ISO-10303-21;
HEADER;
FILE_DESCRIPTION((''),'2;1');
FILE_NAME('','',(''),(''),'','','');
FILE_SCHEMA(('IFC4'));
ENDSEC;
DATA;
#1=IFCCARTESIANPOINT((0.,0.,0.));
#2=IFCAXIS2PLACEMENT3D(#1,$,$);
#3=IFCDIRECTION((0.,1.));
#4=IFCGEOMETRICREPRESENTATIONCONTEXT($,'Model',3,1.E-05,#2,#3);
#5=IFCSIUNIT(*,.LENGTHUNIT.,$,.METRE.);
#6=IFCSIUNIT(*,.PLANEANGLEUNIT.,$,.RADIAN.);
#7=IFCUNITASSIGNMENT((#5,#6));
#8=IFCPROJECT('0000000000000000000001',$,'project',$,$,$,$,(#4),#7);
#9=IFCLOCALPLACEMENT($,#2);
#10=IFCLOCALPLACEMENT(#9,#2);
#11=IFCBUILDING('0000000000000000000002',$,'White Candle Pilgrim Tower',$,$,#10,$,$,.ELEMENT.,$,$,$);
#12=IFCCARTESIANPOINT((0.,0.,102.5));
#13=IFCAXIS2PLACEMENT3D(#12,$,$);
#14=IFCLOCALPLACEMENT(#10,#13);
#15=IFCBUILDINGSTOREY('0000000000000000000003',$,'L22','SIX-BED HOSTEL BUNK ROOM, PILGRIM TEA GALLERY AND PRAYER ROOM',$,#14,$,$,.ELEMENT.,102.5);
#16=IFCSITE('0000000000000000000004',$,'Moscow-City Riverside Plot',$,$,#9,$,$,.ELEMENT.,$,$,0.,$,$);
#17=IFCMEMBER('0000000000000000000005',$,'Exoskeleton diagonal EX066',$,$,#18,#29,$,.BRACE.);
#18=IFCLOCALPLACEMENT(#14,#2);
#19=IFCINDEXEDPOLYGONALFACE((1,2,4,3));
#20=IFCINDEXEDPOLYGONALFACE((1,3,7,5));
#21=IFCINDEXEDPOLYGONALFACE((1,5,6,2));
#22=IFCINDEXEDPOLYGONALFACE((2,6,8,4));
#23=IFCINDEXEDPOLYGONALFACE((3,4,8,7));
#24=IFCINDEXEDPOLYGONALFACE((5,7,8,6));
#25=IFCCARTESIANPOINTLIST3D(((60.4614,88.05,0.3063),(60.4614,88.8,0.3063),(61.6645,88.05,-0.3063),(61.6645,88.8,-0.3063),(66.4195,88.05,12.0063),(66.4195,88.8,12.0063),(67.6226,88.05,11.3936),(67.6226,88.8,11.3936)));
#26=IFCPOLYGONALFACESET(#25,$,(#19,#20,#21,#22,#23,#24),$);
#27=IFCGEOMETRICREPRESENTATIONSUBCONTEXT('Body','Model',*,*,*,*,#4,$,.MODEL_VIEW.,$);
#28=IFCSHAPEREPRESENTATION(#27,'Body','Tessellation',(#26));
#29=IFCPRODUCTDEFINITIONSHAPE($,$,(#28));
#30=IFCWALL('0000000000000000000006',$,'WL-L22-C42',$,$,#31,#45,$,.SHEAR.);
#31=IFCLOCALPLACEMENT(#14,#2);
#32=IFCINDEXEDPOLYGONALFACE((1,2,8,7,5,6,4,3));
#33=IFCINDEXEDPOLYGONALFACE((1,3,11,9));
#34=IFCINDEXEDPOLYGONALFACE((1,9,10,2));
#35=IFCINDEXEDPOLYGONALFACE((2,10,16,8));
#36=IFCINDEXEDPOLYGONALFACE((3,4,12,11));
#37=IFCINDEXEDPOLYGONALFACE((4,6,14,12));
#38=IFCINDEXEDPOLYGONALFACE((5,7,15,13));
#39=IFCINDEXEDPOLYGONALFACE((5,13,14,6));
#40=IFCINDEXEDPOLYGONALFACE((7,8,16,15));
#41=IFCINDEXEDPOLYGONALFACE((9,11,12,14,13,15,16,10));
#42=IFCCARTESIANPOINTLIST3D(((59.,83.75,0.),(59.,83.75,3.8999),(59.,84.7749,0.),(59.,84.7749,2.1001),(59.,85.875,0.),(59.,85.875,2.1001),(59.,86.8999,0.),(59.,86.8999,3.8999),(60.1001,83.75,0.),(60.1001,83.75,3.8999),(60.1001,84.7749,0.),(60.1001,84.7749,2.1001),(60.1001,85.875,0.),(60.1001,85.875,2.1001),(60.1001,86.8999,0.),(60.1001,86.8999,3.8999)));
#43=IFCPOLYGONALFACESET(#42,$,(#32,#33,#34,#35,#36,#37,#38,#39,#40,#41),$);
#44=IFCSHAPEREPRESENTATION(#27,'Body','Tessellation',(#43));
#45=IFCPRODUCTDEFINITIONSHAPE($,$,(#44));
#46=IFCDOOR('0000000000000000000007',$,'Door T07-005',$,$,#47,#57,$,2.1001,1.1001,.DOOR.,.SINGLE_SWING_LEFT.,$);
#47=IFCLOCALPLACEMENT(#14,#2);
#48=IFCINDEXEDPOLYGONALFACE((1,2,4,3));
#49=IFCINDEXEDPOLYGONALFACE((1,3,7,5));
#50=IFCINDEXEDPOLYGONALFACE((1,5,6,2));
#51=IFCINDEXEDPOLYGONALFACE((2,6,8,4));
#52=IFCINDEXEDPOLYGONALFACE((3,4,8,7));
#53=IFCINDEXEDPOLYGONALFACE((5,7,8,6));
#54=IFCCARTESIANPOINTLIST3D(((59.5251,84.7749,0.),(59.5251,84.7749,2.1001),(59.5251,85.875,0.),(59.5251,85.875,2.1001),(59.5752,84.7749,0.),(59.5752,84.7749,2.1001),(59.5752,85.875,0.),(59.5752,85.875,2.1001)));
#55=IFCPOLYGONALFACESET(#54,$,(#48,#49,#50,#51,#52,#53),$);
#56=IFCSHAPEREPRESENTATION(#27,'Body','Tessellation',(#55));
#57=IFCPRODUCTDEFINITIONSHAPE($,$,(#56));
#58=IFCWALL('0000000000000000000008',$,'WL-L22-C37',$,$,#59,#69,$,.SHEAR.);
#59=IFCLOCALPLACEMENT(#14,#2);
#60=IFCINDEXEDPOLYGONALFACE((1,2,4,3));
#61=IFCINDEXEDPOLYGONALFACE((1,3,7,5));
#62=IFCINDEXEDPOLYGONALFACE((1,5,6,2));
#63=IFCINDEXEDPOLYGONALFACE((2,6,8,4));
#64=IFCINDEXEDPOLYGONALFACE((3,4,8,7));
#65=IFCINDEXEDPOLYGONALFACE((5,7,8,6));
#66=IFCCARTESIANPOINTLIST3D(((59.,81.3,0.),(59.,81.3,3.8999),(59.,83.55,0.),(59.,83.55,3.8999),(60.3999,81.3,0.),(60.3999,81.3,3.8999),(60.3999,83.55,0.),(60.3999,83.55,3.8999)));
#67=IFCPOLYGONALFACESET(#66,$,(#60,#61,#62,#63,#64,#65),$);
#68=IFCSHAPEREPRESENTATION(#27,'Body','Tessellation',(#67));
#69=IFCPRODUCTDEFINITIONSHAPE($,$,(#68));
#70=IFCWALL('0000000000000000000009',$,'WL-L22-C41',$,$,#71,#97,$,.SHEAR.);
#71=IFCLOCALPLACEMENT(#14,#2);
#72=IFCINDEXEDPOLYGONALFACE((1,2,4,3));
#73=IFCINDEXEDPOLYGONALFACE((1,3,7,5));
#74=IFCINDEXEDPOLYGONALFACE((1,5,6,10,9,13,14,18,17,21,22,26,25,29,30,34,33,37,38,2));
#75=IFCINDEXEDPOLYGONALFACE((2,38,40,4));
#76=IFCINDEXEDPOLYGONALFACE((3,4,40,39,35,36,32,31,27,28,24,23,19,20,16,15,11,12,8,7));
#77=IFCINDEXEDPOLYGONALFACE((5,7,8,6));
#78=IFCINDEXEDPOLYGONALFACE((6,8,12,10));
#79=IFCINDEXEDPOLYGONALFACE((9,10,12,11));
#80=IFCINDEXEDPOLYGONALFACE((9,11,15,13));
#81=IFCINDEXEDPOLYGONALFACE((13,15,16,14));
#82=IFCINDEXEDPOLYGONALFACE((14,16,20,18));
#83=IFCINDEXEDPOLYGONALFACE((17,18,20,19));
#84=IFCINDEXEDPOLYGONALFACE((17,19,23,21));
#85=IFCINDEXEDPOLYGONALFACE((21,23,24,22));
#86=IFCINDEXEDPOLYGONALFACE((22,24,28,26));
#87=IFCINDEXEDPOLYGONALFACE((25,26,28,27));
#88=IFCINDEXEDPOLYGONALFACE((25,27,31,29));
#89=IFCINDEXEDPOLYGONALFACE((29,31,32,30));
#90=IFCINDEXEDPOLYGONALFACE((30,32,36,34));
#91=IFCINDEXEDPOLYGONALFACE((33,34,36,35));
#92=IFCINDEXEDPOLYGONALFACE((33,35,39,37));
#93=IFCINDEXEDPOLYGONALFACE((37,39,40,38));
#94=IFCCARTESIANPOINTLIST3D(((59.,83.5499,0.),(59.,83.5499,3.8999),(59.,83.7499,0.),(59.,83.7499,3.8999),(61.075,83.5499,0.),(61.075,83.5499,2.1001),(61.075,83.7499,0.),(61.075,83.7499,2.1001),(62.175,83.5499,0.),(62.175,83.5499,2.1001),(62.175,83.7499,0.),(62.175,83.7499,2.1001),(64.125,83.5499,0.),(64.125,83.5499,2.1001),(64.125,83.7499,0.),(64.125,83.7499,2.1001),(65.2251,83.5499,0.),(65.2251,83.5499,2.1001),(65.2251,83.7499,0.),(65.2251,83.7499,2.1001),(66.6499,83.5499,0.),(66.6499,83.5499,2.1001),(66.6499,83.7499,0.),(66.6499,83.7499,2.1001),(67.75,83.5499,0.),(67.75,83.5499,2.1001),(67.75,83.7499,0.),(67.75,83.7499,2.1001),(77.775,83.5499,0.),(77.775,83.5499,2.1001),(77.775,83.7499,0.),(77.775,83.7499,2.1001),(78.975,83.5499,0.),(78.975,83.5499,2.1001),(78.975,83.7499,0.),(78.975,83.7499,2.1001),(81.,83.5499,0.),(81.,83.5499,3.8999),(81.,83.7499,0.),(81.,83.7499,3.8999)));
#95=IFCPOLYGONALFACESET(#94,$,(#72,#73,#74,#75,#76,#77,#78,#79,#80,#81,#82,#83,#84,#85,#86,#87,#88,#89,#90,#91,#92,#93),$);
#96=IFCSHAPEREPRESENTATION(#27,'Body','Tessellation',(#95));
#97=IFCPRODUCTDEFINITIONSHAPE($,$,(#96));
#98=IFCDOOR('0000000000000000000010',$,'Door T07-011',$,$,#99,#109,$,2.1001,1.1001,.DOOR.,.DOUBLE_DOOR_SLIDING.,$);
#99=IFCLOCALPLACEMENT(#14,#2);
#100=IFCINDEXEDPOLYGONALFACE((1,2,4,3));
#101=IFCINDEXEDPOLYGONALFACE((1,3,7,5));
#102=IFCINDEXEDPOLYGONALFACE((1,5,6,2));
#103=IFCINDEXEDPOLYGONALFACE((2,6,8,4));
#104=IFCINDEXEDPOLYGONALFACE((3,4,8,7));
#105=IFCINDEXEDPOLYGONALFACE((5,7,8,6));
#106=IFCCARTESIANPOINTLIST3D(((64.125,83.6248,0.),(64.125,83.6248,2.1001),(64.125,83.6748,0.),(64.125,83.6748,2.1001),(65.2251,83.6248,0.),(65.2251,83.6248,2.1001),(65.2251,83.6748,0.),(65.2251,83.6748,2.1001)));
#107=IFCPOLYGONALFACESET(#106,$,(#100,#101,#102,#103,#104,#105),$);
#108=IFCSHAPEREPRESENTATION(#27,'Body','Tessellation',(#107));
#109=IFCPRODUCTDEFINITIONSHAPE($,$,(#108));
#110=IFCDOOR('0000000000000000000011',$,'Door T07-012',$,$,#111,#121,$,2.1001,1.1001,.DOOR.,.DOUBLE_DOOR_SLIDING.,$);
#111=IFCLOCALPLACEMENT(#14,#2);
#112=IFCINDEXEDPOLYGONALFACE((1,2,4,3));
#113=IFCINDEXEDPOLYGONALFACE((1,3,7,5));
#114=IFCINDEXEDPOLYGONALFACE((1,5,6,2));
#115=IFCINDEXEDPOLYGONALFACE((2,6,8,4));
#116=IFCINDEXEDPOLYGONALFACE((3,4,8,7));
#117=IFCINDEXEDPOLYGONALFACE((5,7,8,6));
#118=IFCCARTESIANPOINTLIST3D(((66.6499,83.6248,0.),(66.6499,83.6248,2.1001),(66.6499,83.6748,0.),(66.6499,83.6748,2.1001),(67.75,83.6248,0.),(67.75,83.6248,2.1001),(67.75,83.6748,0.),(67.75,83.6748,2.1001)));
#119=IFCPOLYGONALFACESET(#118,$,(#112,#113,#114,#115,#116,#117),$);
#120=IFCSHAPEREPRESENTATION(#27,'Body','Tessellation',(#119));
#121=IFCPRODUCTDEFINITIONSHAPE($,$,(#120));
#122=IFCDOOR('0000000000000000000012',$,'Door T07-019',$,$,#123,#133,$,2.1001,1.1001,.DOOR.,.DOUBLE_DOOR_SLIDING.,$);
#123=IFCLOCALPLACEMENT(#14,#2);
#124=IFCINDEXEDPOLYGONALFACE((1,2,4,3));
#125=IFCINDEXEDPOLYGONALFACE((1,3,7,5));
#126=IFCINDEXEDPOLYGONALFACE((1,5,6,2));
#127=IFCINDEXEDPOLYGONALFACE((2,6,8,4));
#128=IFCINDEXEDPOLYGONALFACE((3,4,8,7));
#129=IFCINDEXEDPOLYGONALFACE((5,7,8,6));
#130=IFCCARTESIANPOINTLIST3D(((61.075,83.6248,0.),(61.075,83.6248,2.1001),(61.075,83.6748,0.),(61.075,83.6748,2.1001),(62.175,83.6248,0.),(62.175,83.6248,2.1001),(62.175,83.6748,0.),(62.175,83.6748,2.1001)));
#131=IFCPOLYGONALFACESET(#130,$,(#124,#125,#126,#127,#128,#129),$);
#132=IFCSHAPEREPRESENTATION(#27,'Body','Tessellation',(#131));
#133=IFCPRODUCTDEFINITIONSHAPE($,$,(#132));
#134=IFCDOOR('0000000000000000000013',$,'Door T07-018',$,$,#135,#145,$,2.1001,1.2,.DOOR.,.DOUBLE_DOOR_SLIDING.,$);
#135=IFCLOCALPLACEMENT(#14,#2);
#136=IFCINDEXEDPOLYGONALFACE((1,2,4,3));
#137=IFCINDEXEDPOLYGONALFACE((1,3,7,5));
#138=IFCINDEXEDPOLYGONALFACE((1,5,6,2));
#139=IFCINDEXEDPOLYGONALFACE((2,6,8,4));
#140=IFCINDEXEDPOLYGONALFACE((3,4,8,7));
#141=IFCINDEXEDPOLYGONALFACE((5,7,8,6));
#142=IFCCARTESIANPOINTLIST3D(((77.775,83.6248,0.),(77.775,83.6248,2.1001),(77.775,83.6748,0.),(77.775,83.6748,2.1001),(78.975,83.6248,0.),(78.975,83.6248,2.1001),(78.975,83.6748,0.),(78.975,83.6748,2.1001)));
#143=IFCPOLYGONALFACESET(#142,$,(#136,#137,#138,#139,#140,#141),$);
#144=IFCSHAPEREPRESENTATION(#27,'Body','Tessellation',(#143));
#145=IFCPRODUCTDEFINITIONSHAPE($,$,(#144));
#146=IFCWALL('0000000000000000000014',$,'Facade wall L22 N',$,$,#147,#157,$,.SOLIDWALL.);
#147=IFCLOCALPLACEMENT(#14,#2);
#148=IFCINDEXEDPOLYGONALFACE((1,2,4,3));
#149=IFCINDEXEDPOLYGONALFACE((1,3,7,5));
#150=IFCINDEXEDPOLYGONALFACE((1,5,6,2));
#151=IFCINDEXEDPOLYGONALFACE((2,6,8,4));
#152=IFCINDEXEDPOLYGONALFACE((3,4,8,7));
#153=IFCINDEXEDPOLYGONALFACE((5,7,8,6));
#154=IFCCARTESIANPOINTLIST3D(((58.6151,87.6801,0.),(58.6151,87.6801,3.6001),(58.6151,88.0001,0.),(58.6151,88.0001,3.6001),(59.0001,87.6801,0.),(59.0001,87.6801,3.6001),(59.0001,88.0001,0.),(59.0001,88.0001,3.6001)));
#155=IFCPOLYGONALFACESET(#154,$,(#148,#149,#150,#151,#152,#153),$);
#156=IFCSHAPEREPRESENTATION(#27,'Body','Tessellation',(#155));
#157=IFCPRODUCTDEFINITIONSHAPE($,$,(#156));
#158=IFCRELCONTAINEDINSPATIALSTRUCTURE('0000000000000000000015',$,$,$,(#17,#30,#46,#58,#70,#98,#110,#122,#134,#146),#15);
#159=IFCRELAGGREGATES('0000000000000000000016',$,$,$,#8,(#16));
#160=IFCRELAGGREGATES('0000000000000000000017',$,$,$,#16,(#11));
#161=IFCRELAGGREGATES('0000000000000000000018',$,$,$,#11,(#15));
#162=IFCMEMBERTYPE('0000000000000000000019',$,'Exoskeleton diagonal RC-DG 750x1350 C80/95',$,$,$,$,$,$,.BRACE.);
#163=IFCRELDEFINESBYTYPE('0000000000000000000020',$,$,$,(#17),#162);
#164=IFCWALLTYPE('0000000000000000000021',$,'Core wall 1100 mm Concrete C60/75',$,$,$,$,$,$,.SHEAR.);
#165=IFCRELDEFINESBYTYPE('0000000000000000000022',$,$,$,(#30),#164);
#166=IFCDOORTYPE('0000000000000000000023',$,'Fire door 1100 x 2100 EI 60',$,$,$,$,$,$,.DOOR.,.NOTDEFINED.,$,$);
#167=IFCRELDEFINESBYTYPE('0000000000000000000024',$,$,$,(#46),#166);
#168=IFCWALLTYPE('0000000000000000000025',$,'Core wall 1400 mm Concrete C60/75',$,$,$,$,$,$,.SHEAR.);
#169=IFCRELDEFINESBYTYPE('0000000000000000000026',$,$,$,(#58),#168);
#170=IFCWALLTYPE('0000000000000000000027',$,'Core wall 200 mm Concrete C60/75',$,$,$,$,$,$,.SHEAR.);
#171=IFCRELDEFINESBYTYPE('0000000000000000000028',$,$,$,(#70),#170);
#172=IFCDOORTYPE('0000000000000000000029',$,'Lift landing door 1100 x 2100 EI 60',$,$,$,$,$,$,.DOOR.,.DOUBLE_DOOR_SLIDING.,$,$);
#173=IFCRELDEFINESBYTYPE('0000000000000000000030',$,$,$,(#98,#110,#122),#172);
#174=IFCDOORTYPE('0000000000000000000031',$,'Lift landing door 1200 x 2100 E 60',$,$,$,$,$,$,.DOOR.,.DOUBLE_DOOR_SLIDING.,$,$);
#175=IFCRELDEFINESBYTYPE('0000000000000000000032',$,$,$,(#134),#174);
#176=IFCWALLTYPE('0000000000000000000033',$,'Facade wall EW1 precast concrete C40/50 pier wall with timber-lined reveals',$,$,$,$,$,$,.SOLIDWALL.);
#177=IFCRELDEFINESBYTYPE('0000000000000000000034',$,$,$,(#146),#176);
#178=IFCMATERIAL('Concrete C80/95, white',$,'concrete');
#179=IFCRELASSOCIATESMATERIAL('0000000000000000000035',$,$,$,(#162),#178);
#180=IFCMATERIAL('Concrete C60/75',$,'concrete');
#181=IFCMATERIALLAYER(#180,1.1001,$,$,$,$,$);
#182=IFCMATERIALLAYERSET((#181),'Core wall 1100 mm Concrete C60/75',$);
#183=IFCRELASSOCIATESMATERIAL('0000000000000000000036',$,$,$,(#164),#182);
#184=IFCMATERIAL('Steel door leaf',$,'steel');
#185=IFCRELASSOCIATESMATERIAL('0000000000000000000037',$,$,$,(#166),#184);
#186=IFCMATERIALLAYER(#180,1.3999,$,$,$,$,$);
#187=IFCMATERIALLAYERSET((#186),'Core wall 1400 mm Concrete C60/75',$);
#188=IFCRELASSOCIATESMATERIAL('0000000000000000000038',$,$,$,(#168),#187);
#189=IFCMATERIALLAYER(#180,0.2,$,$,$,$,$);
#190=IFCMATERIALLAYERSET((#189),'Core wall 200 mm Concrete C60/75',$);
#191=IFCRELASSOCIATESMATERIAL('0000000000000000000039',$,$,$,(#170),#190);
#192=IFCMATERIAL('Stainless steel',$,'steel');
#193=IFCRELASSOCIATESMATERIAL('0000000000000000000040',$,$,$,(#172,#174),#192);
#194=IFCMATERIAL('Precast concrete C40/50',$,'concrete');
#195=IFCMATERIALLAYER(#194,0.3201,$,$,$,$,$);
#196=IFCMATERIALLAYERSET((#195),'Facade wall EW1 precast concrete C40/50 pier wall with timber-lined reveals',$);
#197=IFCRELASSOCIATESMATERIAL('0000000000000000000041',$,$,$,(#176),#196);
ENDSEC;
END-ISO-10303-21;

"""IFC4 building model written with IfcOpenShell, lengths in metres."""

from ifc_helpers import new_model, si_unit, direction, frame, frame_2d, origin, origin_2d, place, context, subcontext, project, spatial, rectangle, extrude, material, layer, layer_set, material_profile, profile_set, type_object, element, fill, save


model = new_model("IFC4")

# Units and contexts
model_context = context("Model", 3, precision=1e-05, world=origin(), true_north=direction((0.0, 1.0)))
body_context = subcontext(model_context, "Body", "Model", "MODEL_VIEW")
ifc_project = project(units=[si_unit("LENGTHUNIT", "METRE"), si_unit("PLANEANGLEUNIT", "RADIAN")], contexts=[model_context])

# Site, building, storey
site_placement = place(None, origin())
site = spatial("IfcSite", under=ifc_project, at=site_placement, Name="Moscow-City Riverside Plot", CompositionType="ELEMENT", RefElevation=0.0)
building_placement = place(site_placement, origin())
building = spatial("IfcBuilding", under=site, at=building_placement, Name="White Candle Pilgrim Tower", CompositionType="ELEMENT")
storey_placement = place(building_placement, frame((0.0, 0.0, 102.5)))
storey = spatial("IfcBuildingStorey", under=building, at=storey_placement, Name="L22", Description="SIX-BED HOSTEL BUNK ROOM, PILGRIM TEA GALLERY AND PRAYER ROOM", CompositionType="ELEMENT", Elevation=102.5)

# Member
ifc_material_1 = material(Name="Concrete C80/95, white", Category="concrete")
ifc_material_profile = material_profile(ifc_material_1, rectangle(XDim=0.75, YDim=1.3501, at=origin_2d()), Name="RC-DG 750x1350")
ifc_profile_set = profile_set([ifc_material_profile], Name="Concrete C80/95, white")
member_type = type_object("IfcMemberType", Name="Exoskeleton diagonal RC-DG 750x1350 C80/95", PredefinedType="BRACE", material=ifc_profile_set)
member_placement = place(storey_placement, frame((61.063, 88.425, 0.0), z_axis=(0.453784, 0.0, 0.891112), x_axis=(0.0, 1.0, 0.0)))
element("IfcMember", 1, at=member_placement, inside=storey, type_object=member_type, Name="Exoskeleton diagonal EX066", PredefinedType="BRACE", context=body_context, shape_type="SweptSolid", body=[
    extrude(rectangle(XDim=0.75, YDim=1.3501, at=origin_2d()), origin(), (0.0, 0.0, 1.0), 13.1296),
])

# Wall, opening, door
ifc_material_2 = material(Name="Concrete C60/75", Category="concrete")
ifc_layer_1 = layer(ifc_material_2, 1.1001)
ifc_layer_set_1 = layer_set([ifc_layer_1], Name="Core wall 1100 mm Concrete C60/75")
wall_type_1 = type_object("IfcWallType", Name="Core wall 1100 mm Concrete C60/75", PredefinedType="SHEAR", material=ifc_layer_set_1)
wall_1_placement = place(storey_placement, frame((59.55, 83.75, 0.0), z_axis=(0.0, 0.0, 1.0), x_axis=(0.0, 1.0, 0.0)))
wall_1 = element("IfcWall", 2, at=wall_1_placement, inside=storey, type_object=wall_type_1, Name="WL-L22-C42", PredefinedType="SHEAR", context=body_context, shape_type="SweptSolid", body=[
    extrude(rectangle(XDim=3.1499, YDim=1.1001, at=frame_2d((1.575, 0.0))), origin(), (0.0, 0.0, 1.0), 3.8999),
])
opening_1_placement = place(wall_1_placement, frame((1.0249, 0.0, 0.0)))
opening_1 = element("IfcOpeningElement", 3, at=opening_1_placement, cuts=wall_1, PredefinedType="OPENING", context=body_context, shape_type="SweptSolid", body=[
    extrude(rectangle(XDim=1.1001, YDim=2.1001, at=frame_2d((0.55, 1.05))), frame((0.0, 0.5601, 0.0), z_axis=(0.0, -1.0, 0.0), x_axis=(1.0, 0.0, 0.0)), (0.0, 0.0, 1.0), 1.1201),
])
ifc_material_3 = material(Name="Steel door leaf", Category="steel")
door_type_1 = type_object("IfcDoorType", Name="Fire door 1100 x 2100 EI 60", OperationType="NOTDEFINED", PredefinedType="DOOR", material=ifc_material_3)
door_1_placement = place(opening_1_placement, origin())
door_1 = element("IfcDoor", 4, at=door_1_placement, inside=storey, type_object=door_type_1, Name="Door T07-005", OperationType="SINGLE_SWING_LEFT", OverallHeight=2.1001, OverallWidth=1.1001, PredefinedType="DOOR", context=body_context, shape_type="SweptSolid", body=[
    extrude(rectangle(XDim=1.1001, YDim=2.1001, at=frame_2d((0.55, 1.05))), frame((0.0, 0.0249, 0.0), z_axis=(0.0, -1.0, 0.0), x_axis=(1.0, 0.0, 0.0)), (0.0, 0.0, 1.0), 0.05),
])
fill(opening_1, door_1)

# Wall
ifc_layer_2 = layer(ifc_material_2, 1.3999)
ifc_layer_set_2 = layer_set([ifc_layer_2], Name="Core wall 1400 mm Concrete C60/75")
wall_type_2 = type_object("IfcWallType", Name="Core wall 1400 mm Concrete C60/75", PredefinedType="SHEAR", material=ifc_layer_set_2)
wall_2_placement = place(storey_placement, frame((59.7, 81.3, 0.0), z_axis=(0.0, 0.0, 1.0), x_axis=(0.0, 1.0, 0.0)))
element("IfcWall", 5, at=wall_2_placement, inside=storey, type_object=wall_type_2, Name="WL-L22-C37", PredefinedType="SHEAR", context=body_context, shape_type="SweptSolid", body=[
    extrude(rectangle(XDim=2.25, YDim=1.3999, at=frame_2d((1.125, 0.0))), origin(), (0.0, 0.0, 1.0), 3.8999),
])

# Wall, openings, doors
ifc_layer_3 = layer(ifc_material_2, 0.2)
ifc_layer_set_3 = layer_set([ifc_layer_3], Name="Core wall 200 mm Concrete C60/75")
wall_type_3 = type_object("IfcWallType", Name="Core wall 200 mm Concrete C60/75", PredefinedType="SHEAR", material=ifc_layer_set_3)
wall_3_placement = place(storey_placement, frame((59.0, 83.6499, 0.0), z_axis=(0.0, 0.0, 1.0), x_axis=(1.0, 0.0, 0.0)))
wall_3 = element("IfcWall", 6, at=wall_3_placement, inside=storey, type_object=wall_type_3, Name="WL-L22-C41", PredefinedType="SHEAR", context=body_context, shape_type="SweptSolid", body=[
    extrude(rectangle(XDim=22.0, YDim=0.2, at=frame_2d((11.0, 0.0))), origin(), (0.0, 0.0, 1.0), 3.8999),
])
opening_2_placement = place(wall_3_placement, frame((5.125, 0.0, 0.0)))
opening_2 = element("IfcOpeningElement", 7, at=opening_2_placement, cuts=wall_3, PredefinedType="OPENING", context=body_context, shape_type="SweptSolid", body=[
    extrude(rectangle(XDim=1.1001, YDim=2.1001, at=frame_2d((0.55, 1.05))), frame((0.0, 0.1099, 0.0), z_axis=(0.0, -1.0, 0.0), x_axis=(1.0, 0.0, 0.0)), (0.0, 0.0, 1.0), 0.22),
])
opening_3_placement = place(wall_3_placement, frame((7.6499, 0.0, 0.0)))
opening_3 = element("IfcOpeningElement", 8, at=opening_3_placement, cuts=wall_3, PredefinedType="OPENING", context=body_context, shape_type="SweptSolid", body=[
    extrude(rectangle(XDim=1.1001, YDim=2.1001, at=frame_2d((0.55, 1.05))), frame((0.0, 0.1099, 0.0), z_axis=(0.0, -1.0, 0.0), x_axis=(1.0, 0.0, 0.0)), (0.0, 0.0, 1.0), 0.22),
])
opening_4_placement = place(wall_3_placement, frame((18.7749, 0.0, 0.0)))
opening_4 = element("IfcOpeningElement", 9, at=opening_4_placement, cuts=wall_3, PredefinedType="OPENING", context=body_context, shape_type="SweptSolid", body=[
    extrude(rectangle(XDim=1.2, YDim=2.1001, at=frame_2d((0.6001, 1.05))), frame((0.0, 0.1099, 0.0), z_axis=(0.0, -1.0, 0.0), x_axis=(1.0, 0.0, 0.0)), (0.0, 0.0, 1.0), 0.22),
])
opening_5_placement = place(wall_3_placement, frame((2.075, 0.0, 0.0)))
opening_5 = element("IfcOpeningElement", 10, at=opening_5_placement, cuts=wall_3, PredefinedType="OPENING", context=body_context, shape_type="SweptSolid", body=[
    extrude(rectangle(XDim=1.1001, YDim=2.1001, at=frame_2d((0.55, 1.05))), frame((0.0, 0.1099, 0.0), z_axis=(0.0, -1.0, 0.0), x_axis=(1.0, 0.0, 0.0)), (0.0, 0.0, 1.0), 0.22),
])
ifc_material_4 = material(Name="Stainless steel", Category="steel")
door_type_2 = type_object("IfcDoorType", Name="Lift landing door 1100 x 2100 EI 60", OperationType="DOUBLE_DOOR_SLIDING", PredefinedType="DOOR", material=ifc_material_4)
door_2_placement = place(opening_2_placement, origin())
door_2 = element("IfcDoor", 11, at=door_2_placement, inside=storey, type_object=door_type_2, Name="Door T07-011", OperationType="DOUBLE_DOOR_SLIDING", OverallHeight=2.1001, OverallWidth=1.1001, PredefinedType="DOOR", context=body_context, shape_type="SweptSolid", body=[
    extrude(rectangle(XDim=1.1001, YDim=2.1001, at=frame_2d((0.55, 1.05))), frame((0.0, 0.0249, 0.0), z_axis=(0.0, -1.0, 0.0), x_axis=(1.0, 0.0, 0.0)), (0.0, 0.0, 1.0), 0.05),
])
fill(opening_2, door_2)
door_3_placement = place(opening_3_placement, origin())
door_3 = element("IfcDoor", 12, at=door_3_placement, inside=storey, type_object=door_type_2, Name="Door T07-012", OperationType="DOUBLE_DOOR_SLIDING", OverallHeight=2.1001, OverallWidth=1.1001, PredefinedType="DOOR", context=body_context, shape_type="SweptSolid", body=[
    extrude(rectangle(XDim=1.1001, YDim=2.1001, at=frame_2d((0.55, 1.05))), frame((0.0, 0.0249, 0.0), z_axis=(0.0, -1.0, 0.0), x_axis=(1.0, 0.0, 0.0)), (0.0, 0.0, 1.0), 0.05),
])
fill(opening_3, door_3)
door_4_placement = place(opening_5_placement, origin())
door_4 = element("IfcDoor", 13, at=door_4_placement, inside=storey, type_object=door_type_2, Name="Door T07-019", OperationType="DOUBLE_DOOR_SLIDING", OverallHeight=2.1001, OverallWidth=1.1001, PredefinedType="DOOR", context=body_context, shape_type="SweptSolid", body=[
    extrude(rectangle(XDim=1.1001, YDim=2.1001, at=frame_2d((0.55, 1.05))), frame((0.0, 0.0249, 0.0), z_axis=(0.0, -1.0, 0.0), x_axis=(1.0, 0.0, 0.0)), (0.0, 0.0, 1.0), 0.05),
])
fill(opening_5, door_4)
door_type_3 = type_object("IfcDoorType", Name="Lift landing door 1200 x 2100 E 60", OperationType="DOUBLE_DOOR_SLIDING", PredefinedType="DOOR", material=ifc_material_4)
door_5_placement = place(opening_4_placement, origin())
door_5 = element("IfcDoor", 14, at=door_5_placement, inside=storey, type_object=door_type_3, Name="Door T07-018", OperationType="DOUBLE_DOOR_SLIDING", OverallHeight=2.1001, OverallWidth=1.2, PredefinedType="DOOR", context=body_context, shape_type="SweptSolid", body=[
    extrude(rectangle(XDim=1.2, YDim=2.1001, at=frame_2d((0.6001, 1.05))), frame((0.0, 0.0249, 0.0), z_axis=(0.0, -1.0, 0.0), x_axis=(1.0, 0.0, 0.0)), (0.0, 0.0, 1.0), 0.05),
])
fill(opening_4, door_5)

# Wall
ifc_material_5 = material(Name="Precast concrete C40/50", Category="concrete")
ifc_layer_4 = layer(ifc_material_5, 0.3201)
ifc_layer_set_4 = layer_set([ifc_layer_4], Name="Facade wall EW1 precast concrete C40/50 pier wall with timber-lined reveals")
wall_type_4 = type_object("IfcWallType", Name="Facade wall EW1 precast concrete C40/50 pier wall with timber-lined reveals", PredefinedType="SOLIDWALL", material=ifc_layer_set_4)
wall_4_placement = place(storey_placement, frame((59.0, 87.8401, 0.0), z_axis=(0.0, 0.0, 1.0), x_axis=(-1.0, 0.0, 0.0)))
element("IfcWall", 15, at=wall_4_placement, inside=storey, type_object=wall_type_4, Name="Facade wall L22 N", PredefinedType="SOLIDWALL", context=body_context, shape_type="SweptSolid", body=[
    extrude(rectangle(XDim=0.385, YDim=0.3201, at=frame_2d((0.1924, 0.0))), origin(), (0.0, 0.0, 1.0), 3.6001),
])

save(model, "model.ifc")
